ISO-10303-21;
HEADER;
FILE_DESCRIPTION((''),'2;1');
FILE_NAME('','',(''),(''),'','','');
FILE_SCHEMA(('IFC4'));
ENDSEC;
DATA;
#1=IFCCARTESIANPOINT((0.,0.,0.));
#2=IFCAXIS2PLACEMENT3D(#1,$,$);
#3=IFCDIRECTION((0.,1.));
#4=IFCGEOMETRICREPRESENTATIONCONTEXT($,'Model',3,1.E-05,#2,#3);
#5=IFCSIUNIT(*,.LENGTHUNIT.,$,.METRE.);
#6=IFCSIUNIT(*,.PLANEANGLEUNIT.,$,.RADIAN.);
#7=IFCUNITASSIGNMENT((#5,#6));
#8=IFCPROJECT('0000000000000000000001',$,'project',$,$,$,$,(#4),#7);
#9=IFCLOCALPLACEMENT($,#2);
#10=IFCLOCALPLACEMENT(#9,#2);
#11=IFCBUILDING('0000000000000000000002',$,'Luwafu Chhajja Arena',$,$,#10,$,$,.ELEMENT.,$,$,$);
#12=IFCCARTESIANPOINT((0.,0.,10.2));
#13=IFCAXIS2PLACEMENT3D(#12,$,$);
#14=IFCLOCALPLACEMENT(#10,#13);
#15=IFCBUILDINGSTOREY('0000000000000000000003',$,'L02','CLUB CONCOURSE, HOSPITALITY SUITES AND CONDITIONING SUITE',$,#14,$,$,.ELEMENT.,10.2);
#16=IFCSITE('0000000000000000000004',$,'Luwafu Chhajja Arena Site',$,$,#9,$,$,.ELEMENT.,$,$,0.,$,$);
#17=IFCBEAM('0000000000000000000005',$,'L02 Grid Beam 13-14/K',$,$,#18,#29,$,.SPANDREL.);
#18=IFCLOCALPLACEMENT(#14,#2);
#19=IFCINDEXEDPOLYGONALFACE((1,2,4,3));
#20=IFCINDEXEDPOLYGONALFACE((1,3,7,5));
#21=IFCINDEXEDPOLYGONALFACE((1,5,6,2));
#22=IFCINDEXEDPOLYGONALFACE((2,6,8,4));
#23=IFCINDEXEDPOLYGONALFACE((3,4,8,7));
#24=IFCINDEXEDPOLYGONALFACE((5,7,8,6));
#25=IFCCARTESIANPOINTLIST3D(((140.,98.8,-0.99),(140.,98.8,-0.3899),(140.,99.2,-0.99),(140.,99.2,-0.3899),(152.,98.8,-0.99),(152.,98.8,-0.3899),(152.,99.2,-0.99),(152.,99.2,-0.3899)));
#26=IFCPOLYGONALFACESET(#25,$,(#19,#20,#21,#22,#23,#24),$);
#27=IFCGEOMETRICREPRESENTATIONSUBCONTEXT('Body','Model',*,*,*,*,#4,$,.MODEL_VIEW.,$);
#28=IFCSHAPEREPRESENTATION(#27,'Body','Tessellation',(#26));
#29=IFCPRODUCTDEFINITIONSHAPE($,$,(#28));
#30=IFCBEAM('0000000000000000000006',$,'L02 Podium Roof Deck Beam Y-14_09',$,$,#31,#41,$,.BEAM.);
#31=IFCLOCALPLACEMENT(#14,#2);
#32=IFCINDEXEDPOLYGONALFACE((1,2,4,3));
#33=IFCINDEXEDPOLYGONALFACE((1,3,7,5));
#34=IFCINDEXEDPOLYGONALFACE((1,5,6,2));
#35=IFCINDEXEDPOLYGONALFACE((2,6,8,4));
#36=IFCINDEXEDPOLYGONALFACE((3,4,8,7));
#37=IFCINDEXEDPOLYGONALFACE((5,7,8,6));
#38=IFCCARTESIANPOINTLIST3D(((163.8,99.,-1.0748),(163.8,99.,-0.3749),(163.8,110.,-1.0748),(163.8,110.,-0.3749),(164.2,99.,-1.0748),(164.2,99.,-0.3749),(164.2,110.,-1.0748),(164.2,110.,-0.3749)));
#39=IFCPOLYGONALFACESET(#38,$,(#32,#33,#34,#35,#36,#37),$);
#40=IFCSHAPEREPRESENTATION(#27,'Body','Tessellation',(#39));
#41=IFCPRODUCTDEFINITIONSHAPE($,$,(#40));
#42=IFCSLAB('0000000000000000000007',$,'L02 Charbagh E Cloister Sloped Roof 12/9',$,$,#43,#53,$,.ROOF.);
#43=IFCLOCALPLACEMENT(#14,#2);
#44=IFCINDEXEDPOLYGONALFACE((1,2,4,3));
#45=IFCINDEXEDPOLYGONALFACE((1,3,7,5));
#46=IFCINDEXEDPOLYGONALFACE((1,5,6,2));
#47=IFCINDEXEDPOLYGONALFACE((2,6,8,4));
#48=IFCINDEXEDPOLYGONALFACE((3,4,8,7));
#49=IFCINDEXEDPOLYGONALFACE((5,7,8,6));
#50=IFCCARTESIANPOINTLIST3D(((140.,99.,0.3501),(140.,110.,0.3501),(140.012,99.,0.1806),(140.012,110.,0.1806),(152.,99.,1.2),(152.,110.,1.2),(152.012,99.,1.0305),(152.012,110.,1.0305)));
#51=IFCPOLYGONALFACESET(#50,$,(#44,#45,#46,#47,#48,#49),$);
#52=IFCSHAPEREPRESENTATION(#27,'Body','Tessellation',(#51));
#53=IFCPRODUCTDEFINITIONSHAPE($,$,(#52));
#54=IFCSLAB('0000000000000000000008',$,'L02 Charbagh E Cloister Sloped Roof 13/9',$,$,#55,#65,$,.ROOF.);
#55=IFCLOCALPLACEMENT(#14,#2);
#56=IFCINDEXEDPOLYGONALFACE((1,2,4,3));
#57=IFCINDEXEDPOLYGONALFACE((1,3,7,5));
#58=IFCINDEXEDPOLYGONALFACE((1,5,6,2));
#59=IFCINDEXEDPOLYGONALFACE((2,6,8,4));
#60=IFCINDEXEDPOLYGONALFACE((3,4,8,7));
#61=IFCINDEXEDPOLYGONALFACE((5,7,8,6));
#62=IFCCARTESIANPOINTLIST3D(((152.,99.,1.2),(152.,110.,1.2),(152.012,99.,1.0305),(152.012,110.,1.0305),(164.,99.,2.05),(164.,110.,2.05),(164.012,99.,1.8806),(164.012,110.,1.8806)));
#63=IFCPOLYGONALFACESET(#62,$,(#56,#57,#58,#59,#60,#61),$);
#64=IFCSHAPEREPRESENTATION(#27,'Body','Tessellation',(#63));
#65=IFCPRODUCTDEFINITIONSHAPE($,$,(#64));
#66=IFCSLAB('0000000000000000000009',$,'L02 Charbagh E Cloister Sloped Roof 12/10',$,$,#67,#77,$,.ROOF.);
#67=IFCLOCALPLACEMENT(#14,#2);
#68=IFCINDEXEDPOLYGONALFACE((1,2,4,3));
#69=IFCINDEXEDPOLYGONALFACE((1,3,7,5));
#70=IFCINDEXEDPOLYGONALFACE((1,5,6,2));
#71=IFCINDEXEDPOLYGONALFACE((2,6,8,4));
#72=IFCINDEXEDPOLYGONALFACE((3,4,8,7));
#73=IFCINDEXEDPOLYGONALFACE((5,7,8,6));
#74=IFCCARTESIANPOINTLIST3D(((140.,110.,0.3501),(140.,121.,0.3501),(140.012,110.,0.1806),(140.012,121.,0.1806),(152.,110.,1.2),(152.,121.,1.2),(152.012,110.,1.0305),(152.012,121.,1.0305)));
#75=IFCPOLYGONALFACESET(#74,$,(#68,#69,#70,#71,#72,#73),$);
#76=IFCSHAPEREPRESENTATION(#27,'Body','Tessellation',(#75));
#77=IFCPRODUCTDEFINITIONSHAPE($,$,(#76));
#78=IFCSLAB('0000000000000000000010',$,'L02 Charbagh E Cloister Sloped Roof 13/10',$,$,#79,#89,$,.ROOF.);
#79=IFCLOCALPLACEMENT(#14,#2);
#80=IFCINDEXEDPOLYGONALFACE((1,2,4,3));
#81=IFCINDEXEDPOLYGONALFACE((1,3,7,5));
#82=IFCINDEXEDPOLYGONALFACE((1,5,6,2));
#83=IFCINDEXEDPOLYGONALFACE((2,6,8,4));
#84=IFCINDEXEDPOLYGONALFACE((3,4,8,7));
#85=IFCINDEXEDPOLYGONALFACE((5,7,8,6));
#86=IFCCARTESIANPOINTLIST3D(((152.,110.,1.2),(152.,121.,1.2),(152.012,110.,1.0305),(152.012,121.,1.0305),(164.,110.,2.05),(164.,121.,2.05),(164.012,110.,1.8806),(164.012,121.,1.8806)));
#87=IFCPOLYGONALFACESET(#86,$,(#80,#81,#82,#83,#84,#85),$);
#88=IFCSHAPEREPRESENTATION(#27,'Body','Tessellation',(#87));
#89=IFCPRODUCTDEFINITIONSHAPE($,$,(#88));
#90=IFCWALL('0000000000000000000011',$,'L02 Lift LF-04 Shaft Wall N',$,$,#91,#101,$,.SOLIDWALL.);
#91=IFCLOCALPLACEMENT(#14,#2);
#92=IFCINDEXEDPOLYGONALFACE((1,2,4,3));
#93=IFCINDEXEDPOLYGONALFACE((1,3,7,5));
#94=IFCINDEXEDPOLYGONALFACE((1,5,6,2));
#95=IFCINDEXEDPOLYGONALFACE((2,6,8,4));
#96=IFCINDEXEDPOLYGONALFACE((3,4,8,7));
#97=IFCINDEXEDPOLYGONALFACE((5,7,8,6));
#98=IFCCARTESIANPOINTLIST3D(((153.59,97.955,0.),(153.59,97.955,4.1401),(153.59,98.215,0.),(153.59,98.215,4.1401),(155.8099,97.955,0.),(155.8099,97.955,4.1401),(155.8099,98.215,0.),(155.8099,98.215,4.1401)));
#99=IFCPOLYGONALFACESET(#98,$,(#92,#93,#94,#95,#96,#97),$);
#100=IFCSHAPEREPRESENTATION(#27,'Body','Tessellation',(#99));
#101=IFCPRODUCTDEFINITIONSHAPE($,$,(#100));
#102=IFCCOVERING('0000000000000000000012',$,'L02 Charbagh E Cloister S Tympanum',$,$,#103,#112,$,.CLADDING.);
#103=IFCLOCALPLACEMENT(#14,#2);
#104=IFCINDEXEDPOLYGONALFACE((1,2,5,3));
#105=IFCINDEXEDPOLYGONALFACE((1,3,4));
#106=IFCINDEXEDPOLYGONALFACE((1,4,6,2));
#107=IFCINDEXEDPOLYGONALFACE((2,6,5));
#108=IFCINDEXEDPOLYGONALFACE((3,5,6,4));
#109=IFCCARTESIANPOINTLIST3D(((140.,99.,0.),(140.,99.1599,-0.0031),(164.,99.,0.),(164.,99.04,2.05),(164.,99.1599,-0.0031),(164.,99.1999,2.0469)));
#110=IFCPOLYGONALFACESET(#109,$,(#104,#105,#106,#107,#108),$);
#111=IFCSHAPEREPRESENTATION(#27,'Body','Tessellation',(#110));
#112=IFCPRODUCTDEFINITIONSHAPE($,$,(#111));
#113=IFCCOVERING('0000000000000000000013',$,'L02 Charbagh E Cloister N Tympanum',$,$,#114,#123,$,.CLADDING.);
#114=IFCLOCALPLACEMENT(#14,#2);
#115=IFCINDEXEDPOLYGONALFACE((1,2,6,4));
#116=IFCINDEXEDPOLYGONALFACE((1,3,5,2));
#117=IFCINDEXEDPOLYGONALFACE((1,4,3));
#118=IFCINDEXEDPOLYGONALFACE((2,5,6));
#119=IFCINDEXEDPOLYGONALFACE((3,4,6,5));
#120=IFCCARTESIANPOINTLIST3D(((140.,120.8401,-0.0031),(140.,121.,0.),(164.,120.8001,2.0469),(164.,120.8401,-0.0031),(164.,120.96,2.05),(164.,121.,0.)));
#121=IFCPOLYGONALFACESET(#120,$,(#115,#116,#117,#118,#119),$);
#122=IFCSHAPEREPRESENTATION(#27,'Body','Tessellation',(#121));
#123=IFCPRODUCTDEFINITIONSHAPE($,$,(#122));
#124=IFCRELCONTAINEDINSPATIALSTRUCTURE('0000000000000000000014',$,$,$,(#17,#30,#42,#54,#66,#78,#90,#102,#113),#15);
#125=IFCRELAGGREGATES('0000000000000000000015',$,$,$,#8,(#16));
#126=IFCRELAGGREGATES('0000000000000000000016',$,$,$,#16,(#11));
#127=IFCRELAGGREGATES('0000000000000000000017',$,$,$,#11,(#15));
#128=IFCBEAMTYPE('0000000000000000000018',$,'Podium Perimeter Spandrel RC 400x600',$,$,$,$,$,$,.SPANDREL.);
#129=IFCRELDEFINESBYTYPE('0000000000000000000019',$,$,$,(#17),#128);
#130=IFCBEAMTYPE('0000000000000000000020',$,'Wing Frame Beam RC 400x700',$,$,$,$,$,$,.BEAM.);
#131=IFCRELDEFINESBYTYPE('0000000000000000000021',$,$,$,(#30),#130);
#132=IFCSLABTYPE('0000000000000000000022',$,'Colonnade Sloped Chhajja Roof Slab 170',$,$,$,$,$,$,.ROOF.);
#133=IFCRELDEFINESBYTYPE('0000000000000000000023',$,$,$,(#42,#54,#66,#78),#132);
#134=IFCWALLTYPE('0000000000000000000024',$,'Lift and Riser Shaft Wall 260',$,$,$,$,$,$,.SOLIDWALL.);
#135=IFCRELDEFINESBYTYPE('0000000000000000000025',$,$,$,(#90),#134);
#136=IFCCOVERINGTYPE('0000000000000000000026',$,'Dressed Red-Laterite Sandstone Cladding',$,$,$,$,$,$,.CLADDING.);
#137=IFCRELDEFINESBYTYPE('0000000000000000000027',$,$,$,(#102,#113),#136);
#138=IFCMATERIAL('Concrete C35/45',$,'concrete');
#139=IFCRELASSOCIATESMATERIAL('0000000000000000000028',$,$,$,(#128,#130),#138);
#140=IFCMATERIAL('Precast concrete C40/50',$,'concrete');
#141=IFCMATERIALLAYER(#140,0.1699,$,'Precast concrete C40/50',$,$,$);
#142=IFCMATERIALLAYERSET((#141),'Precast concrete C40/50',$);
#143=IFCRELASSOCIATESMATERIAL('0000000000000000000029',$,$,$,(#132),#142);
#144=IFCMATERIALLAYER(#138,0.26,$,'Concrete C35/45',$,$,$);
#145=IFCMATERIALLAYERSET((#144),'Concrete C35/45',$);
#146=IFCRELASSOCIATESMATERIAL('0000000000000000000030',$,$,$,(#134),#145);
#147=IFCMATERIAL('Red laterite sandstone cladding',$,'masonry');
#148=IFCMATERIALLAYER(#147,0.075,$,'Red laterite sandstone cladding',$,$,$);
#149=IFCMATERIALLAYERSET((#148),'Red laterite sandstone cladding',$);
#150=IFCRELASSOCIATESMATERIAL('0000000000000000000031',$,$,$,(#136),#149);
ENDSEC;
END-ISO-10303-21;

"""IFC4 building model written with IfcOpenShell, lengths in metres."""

from ifc_helpers import new_model, si_unit, direction, frame, frame_2d, origin, origin_2d, place, context, subcontext, project, spatial, polyline, rectangle, outline, extrude, material, layer, layer_set, material_profile, profile_set, type_object, element, save


model = new_model("IFC4")

# Units and contexts
model_context = context("Model", 3, precision=1e-05, world=origin(), true_north=direction((0.0, 1.0)))
body_context = subcontext(model_context, "Body", "Model", "MODEL_VIEW")
ifc_project = project(units=[si_unit("LENGTHUNIT", "METRE"), si_unit("PLANEANGLEUNIT", "RADIAN")], contexts=[model_context])

# Site, building, storey
site_placement = place(None, origin())
site = spatial("IfcSite", under=ifc_project, at=site_placement, Name="Luwafu Chhajja Arena Site", CompositionType="ELEMENT", RefElevation=0.0)
building_placement = place(site_placement, origin())
building = spatial("IfcBuilding", under=site, at=building_placement, Name="Luwafu Chhajja Arena", CompositionType="ELEMENT")
storey_placement = place(building_placement, frame((0.0, 0.0, 10.2)))
storey = spatial("IfcBuildingStorey", under=building, at=storey_placement, Name="L02", Description="CLUB CONCOURSE, HOSPITALITY SUITES AND CONDITIONING SUITE", CompositionType="ELEMENT", Elevation=10.2)

# Shared definitions
ifc_material_1 = material(Name="Concrete C35/45", Category="concrete")

# Beams
ifc_material_profile_1 = material_profile(ifc_material_1, rectangle(XDim=0.3999, YDim=0.6001, at=origin_2d()), Name="RC 400x600")
ifc_profile_set_1 = profile_set([ifc_material_profile_1], Name="Concrete C35/45")
beam_type_1 = type_object("IfcBeamType", Name="Podium Perimeter Spandrel RC 400x600", PredefinedType="SPANDREL", material=ifc_profile_set_1)
beam_1_placement = place(storey_placement, frame((140.0, 99.0, -0.6899), z_axis=(1.0, 0.0, 0.0), x_axis=(0.0, 1.0, 0.0)))
element("IfcBeam", 1, at=beam_1_placement, inside=storey, type_object=beam_type_1, Name="L02 Grid Beam 13-14/K", PredefinedType="SPANDREL", context=body_context, shape_type="SweptSolid", body=[
    extrude(rectangle(XDim=0.3999, YDim=0.6001, at=origin_2d()), origin(), (0.0, 0.0, 1.0), 12.0),
])
ifc_material_profile_2 = material_profile(ifc_material_1, rectangle(XDim=0.3999, YDim=0.7, at=origin_2d()), Name="RC 400x700")
ifc_profile_set_2 = profile_set([ifc_material_profile_2], Name="Concrete C35/45")
beam_type_2 = type_object("IfcBeamType", Name="Wing Frame Beam RC 400x700", PredefinedType="BEAM", material=ifc_profile_set_2)
beam_2_placement = place(storey_placement, frame((164.0, 99.0, -0.7249), z_axis=(0.0, 1.0, 0.0), x_axis=(-1.0, 0.0, 0.0)))
element("IfcBeam", 2, at=beam_2_placement, inside=storey, type_object=beam_type_2, Name="L02 Podium Roof Deck Beam Y-14_09", PredefinedType="BEAM", context=body_context, shape_type="SweptSolid", body=[
    extrude(rectangle(XDim=0.3999, YDim=0.7, at=origin_2d()), origin(), (0.0, 0.0, 1.0), 11.0),
])

# Slabs
ifc_material_2 = material(Name="Precast concrete C40/50", Category="concrete")
ifc_layer_1 = layer(ifc_material_2, 0.1699, Name="Precast concrete C40/50")
ifc_layer_set_1 = layer_set([ifc_layer_1], Name="Precast concrete C40/50")
slab_type = type_object("IfcSlabType", Name="Colonnade Sloped Chhajja Roof Slab 170", PredefinedType="ROOF", material=ifc_layer_set_1)
slab_1_placement = place(storey_placement, frame((140.0, 99.0, 0.3501), z_axis=(-0.070644, 0.0, 0.997502), x_axis=(0.997502, 0.0, 0.070644)))
element("IfcSlab", 3, at=slab_1_placement, inside=storey, type_object=slab_type, Name="L02 Charbagh E Cloister Sloped Roof 12/9", PredefinedType="ROOF", context=body_context, shape_type="SweptSolid", body=[
    extrude(outline(polyline([(0.0, 0.0), (12.0301, 0.0), (12.0301, 11.0), (0.0, 11.0), (0.0, 0.0)])), origin(), (0.0, 0.0, -1.0), 0.1699),
])
slab_2_placement = place(storey_placement, frame((152.0, 99.0, 1.2), z_axis=(-0.070664, 0.0, 0.9975), x_axis=(0.9975, 0.0, 0.070664)))
element("IfcSlab", 4, at=slab_2_placement, inside=storey, type_object=slab_type, Name="L02 Charbagh E Cloister Sloped Roof 13/9", PredefinedType="ROOF", context=body_context, shape_type="SweptSolid", body=[
    extrude(outline(polyline([(0.0, 0.0), (12.0301, 0.0), (12.0301, 11.0), (0.0, 11.0), (0.0, 0.0)])), origin(), (0.0, 0.0, -1.0), 0.1699),
])
slab_3_placement = place(storey_placement, frame((140.0, 110.0, 0.3501), z_axis=(-0.070644, 0.0, 0.997502), x_axis=(0.997502, 0.0, 0.070644)))
element("IfcSlab", 5, at=slab_3_placement, inside=storey, type_object=slab_type, Name="L02 Charbagh E Cloister Sloped Roof 12/10", PredefinedType="ROOF", context=body_context, shape_type="SweptSolid", body=[
    extrude(outline(polyline([(0.0, 0.0), (12.0301, 0.0), (12.0301, 11.0), (0.0, 11.0), (0.0, 0.0)])), origin(), (0.0, 0.0, -1.0), 0.1699),
])
slab_4_placement = place(storey_placement, frame((152.0, 110.0, 1.2), z_axis=(-0.070664, 0.0, 0.9975), x_axis=(0.9975, 0.0, 0.070664)))
element("IfcSlab", 6, at=slab_4_placement, inside=storey, type_object=slab_type, Name="L02 Charbagh E Cloister Sloped Roof 13/10", PredefinedType="ROOF", context=body_context, shape_type="SweptSolid", body=[
    extrude(outline(polyline([(0.0, 0.0), (12.0301, 0.0), (12.0301, 11.0), (0.0, 11.0), (0.0, 0.0)])), origin(), (0.0, 0.0, -1.0), 0.1699),
])

# Wall
ifc_layer_2 = layer(ifc_material_1, 0.26, Name="Concrete C35/45")
ifc_layer_set_2 = layer_set([ifc_layer_2], Name="Concrete C35/45")
wall_type = type_object("IfcWallType", Name="Lift and Riser Shaft Wall 260", PredefinedType="SOLIDWALL", material=ifc_layer_set_2)
wall_placement = place(storey_placement, frame((153.5901, 98.085, 0.0), z_axis=(0.0, 0.0, 1.0), x_axis=(1.0, 0.0, 0.0)))
element("IfcWall", 7, at=wall_placement, inside=storey, type_object=wall_type, Name="L02 Lift LF-04 Shaft Wall N", PredefinedType="SOLIDWALL", context=body_context, shape_type="SweptSolid", body=[
    extrude(rectangle(XDim=2.22, YDim=0.26, at=frame_2d((1.1099, 0.0))), origin(), (0.0, 0.0, 1.0), 4.1401),
])

# Coverings
ifc_material_3 = material(Name="Red laterite sandstone cladding", Category="masonry")
ifc_layer_3 = layer(ifc_material_3, 0.075, Name="Red laterite sandstone cladding")
ifc_layer_set_3 = layer_set([ifc_layer_3], Name="Red laterite sandstone cladding")
covering_type = type_object("IfcCoveringType", Name="Dressed Red-Laterite Sandstone Cladding", PredefinedType="CLADDING", material=ifc_layer_set_3)
covering_1_placement = place(storey_placement, frame((140.0, 99.0, 0.0), z_axis=(0.0, -0.999809, 0.019527), x_axis=(1.0, 0.0, 0.0)))
element("IfcCovering", 8, at=covering_1_placement, inside=storey, type_object=covering_type, Name="L02 Charbagh E Cloister S Tympanum", PredefinedType="CLADDING", context=body_context, shape_type="SweptSolid", body=[
    extrude(outline(polyline([(0.0, 0.0), (24.0, 0.0), (24.0, 2.0504), (0.0, 0.0)])), origin(), (0.0, 0.0, -1.0), 0.1599),
])
covering_2_placement = place(storey_placement, frame((140.0, 121.0, 0.0), z_axis=(0.0, 0.999809, 0.019527), x_axis=(1.0, 0.0, 0.0)))
element("IfcCovering", 9, at=covering_2_placement, inside=storey, type_object=covering_type, Name="L02 Charbagh E Cloister N Tympanum", PredefinedType="CLADDING", context=body_context, shape_type="SweptSolid", body=[
    extrude(outline(polyline([(0.0, 0.0), (24.0, 0.0), (24.0, -2.0504), (0.0, 0.0)])), origin(), (0.0, 0.0, -1.0), 0.1599),
])

save(model, "model.ifc")
